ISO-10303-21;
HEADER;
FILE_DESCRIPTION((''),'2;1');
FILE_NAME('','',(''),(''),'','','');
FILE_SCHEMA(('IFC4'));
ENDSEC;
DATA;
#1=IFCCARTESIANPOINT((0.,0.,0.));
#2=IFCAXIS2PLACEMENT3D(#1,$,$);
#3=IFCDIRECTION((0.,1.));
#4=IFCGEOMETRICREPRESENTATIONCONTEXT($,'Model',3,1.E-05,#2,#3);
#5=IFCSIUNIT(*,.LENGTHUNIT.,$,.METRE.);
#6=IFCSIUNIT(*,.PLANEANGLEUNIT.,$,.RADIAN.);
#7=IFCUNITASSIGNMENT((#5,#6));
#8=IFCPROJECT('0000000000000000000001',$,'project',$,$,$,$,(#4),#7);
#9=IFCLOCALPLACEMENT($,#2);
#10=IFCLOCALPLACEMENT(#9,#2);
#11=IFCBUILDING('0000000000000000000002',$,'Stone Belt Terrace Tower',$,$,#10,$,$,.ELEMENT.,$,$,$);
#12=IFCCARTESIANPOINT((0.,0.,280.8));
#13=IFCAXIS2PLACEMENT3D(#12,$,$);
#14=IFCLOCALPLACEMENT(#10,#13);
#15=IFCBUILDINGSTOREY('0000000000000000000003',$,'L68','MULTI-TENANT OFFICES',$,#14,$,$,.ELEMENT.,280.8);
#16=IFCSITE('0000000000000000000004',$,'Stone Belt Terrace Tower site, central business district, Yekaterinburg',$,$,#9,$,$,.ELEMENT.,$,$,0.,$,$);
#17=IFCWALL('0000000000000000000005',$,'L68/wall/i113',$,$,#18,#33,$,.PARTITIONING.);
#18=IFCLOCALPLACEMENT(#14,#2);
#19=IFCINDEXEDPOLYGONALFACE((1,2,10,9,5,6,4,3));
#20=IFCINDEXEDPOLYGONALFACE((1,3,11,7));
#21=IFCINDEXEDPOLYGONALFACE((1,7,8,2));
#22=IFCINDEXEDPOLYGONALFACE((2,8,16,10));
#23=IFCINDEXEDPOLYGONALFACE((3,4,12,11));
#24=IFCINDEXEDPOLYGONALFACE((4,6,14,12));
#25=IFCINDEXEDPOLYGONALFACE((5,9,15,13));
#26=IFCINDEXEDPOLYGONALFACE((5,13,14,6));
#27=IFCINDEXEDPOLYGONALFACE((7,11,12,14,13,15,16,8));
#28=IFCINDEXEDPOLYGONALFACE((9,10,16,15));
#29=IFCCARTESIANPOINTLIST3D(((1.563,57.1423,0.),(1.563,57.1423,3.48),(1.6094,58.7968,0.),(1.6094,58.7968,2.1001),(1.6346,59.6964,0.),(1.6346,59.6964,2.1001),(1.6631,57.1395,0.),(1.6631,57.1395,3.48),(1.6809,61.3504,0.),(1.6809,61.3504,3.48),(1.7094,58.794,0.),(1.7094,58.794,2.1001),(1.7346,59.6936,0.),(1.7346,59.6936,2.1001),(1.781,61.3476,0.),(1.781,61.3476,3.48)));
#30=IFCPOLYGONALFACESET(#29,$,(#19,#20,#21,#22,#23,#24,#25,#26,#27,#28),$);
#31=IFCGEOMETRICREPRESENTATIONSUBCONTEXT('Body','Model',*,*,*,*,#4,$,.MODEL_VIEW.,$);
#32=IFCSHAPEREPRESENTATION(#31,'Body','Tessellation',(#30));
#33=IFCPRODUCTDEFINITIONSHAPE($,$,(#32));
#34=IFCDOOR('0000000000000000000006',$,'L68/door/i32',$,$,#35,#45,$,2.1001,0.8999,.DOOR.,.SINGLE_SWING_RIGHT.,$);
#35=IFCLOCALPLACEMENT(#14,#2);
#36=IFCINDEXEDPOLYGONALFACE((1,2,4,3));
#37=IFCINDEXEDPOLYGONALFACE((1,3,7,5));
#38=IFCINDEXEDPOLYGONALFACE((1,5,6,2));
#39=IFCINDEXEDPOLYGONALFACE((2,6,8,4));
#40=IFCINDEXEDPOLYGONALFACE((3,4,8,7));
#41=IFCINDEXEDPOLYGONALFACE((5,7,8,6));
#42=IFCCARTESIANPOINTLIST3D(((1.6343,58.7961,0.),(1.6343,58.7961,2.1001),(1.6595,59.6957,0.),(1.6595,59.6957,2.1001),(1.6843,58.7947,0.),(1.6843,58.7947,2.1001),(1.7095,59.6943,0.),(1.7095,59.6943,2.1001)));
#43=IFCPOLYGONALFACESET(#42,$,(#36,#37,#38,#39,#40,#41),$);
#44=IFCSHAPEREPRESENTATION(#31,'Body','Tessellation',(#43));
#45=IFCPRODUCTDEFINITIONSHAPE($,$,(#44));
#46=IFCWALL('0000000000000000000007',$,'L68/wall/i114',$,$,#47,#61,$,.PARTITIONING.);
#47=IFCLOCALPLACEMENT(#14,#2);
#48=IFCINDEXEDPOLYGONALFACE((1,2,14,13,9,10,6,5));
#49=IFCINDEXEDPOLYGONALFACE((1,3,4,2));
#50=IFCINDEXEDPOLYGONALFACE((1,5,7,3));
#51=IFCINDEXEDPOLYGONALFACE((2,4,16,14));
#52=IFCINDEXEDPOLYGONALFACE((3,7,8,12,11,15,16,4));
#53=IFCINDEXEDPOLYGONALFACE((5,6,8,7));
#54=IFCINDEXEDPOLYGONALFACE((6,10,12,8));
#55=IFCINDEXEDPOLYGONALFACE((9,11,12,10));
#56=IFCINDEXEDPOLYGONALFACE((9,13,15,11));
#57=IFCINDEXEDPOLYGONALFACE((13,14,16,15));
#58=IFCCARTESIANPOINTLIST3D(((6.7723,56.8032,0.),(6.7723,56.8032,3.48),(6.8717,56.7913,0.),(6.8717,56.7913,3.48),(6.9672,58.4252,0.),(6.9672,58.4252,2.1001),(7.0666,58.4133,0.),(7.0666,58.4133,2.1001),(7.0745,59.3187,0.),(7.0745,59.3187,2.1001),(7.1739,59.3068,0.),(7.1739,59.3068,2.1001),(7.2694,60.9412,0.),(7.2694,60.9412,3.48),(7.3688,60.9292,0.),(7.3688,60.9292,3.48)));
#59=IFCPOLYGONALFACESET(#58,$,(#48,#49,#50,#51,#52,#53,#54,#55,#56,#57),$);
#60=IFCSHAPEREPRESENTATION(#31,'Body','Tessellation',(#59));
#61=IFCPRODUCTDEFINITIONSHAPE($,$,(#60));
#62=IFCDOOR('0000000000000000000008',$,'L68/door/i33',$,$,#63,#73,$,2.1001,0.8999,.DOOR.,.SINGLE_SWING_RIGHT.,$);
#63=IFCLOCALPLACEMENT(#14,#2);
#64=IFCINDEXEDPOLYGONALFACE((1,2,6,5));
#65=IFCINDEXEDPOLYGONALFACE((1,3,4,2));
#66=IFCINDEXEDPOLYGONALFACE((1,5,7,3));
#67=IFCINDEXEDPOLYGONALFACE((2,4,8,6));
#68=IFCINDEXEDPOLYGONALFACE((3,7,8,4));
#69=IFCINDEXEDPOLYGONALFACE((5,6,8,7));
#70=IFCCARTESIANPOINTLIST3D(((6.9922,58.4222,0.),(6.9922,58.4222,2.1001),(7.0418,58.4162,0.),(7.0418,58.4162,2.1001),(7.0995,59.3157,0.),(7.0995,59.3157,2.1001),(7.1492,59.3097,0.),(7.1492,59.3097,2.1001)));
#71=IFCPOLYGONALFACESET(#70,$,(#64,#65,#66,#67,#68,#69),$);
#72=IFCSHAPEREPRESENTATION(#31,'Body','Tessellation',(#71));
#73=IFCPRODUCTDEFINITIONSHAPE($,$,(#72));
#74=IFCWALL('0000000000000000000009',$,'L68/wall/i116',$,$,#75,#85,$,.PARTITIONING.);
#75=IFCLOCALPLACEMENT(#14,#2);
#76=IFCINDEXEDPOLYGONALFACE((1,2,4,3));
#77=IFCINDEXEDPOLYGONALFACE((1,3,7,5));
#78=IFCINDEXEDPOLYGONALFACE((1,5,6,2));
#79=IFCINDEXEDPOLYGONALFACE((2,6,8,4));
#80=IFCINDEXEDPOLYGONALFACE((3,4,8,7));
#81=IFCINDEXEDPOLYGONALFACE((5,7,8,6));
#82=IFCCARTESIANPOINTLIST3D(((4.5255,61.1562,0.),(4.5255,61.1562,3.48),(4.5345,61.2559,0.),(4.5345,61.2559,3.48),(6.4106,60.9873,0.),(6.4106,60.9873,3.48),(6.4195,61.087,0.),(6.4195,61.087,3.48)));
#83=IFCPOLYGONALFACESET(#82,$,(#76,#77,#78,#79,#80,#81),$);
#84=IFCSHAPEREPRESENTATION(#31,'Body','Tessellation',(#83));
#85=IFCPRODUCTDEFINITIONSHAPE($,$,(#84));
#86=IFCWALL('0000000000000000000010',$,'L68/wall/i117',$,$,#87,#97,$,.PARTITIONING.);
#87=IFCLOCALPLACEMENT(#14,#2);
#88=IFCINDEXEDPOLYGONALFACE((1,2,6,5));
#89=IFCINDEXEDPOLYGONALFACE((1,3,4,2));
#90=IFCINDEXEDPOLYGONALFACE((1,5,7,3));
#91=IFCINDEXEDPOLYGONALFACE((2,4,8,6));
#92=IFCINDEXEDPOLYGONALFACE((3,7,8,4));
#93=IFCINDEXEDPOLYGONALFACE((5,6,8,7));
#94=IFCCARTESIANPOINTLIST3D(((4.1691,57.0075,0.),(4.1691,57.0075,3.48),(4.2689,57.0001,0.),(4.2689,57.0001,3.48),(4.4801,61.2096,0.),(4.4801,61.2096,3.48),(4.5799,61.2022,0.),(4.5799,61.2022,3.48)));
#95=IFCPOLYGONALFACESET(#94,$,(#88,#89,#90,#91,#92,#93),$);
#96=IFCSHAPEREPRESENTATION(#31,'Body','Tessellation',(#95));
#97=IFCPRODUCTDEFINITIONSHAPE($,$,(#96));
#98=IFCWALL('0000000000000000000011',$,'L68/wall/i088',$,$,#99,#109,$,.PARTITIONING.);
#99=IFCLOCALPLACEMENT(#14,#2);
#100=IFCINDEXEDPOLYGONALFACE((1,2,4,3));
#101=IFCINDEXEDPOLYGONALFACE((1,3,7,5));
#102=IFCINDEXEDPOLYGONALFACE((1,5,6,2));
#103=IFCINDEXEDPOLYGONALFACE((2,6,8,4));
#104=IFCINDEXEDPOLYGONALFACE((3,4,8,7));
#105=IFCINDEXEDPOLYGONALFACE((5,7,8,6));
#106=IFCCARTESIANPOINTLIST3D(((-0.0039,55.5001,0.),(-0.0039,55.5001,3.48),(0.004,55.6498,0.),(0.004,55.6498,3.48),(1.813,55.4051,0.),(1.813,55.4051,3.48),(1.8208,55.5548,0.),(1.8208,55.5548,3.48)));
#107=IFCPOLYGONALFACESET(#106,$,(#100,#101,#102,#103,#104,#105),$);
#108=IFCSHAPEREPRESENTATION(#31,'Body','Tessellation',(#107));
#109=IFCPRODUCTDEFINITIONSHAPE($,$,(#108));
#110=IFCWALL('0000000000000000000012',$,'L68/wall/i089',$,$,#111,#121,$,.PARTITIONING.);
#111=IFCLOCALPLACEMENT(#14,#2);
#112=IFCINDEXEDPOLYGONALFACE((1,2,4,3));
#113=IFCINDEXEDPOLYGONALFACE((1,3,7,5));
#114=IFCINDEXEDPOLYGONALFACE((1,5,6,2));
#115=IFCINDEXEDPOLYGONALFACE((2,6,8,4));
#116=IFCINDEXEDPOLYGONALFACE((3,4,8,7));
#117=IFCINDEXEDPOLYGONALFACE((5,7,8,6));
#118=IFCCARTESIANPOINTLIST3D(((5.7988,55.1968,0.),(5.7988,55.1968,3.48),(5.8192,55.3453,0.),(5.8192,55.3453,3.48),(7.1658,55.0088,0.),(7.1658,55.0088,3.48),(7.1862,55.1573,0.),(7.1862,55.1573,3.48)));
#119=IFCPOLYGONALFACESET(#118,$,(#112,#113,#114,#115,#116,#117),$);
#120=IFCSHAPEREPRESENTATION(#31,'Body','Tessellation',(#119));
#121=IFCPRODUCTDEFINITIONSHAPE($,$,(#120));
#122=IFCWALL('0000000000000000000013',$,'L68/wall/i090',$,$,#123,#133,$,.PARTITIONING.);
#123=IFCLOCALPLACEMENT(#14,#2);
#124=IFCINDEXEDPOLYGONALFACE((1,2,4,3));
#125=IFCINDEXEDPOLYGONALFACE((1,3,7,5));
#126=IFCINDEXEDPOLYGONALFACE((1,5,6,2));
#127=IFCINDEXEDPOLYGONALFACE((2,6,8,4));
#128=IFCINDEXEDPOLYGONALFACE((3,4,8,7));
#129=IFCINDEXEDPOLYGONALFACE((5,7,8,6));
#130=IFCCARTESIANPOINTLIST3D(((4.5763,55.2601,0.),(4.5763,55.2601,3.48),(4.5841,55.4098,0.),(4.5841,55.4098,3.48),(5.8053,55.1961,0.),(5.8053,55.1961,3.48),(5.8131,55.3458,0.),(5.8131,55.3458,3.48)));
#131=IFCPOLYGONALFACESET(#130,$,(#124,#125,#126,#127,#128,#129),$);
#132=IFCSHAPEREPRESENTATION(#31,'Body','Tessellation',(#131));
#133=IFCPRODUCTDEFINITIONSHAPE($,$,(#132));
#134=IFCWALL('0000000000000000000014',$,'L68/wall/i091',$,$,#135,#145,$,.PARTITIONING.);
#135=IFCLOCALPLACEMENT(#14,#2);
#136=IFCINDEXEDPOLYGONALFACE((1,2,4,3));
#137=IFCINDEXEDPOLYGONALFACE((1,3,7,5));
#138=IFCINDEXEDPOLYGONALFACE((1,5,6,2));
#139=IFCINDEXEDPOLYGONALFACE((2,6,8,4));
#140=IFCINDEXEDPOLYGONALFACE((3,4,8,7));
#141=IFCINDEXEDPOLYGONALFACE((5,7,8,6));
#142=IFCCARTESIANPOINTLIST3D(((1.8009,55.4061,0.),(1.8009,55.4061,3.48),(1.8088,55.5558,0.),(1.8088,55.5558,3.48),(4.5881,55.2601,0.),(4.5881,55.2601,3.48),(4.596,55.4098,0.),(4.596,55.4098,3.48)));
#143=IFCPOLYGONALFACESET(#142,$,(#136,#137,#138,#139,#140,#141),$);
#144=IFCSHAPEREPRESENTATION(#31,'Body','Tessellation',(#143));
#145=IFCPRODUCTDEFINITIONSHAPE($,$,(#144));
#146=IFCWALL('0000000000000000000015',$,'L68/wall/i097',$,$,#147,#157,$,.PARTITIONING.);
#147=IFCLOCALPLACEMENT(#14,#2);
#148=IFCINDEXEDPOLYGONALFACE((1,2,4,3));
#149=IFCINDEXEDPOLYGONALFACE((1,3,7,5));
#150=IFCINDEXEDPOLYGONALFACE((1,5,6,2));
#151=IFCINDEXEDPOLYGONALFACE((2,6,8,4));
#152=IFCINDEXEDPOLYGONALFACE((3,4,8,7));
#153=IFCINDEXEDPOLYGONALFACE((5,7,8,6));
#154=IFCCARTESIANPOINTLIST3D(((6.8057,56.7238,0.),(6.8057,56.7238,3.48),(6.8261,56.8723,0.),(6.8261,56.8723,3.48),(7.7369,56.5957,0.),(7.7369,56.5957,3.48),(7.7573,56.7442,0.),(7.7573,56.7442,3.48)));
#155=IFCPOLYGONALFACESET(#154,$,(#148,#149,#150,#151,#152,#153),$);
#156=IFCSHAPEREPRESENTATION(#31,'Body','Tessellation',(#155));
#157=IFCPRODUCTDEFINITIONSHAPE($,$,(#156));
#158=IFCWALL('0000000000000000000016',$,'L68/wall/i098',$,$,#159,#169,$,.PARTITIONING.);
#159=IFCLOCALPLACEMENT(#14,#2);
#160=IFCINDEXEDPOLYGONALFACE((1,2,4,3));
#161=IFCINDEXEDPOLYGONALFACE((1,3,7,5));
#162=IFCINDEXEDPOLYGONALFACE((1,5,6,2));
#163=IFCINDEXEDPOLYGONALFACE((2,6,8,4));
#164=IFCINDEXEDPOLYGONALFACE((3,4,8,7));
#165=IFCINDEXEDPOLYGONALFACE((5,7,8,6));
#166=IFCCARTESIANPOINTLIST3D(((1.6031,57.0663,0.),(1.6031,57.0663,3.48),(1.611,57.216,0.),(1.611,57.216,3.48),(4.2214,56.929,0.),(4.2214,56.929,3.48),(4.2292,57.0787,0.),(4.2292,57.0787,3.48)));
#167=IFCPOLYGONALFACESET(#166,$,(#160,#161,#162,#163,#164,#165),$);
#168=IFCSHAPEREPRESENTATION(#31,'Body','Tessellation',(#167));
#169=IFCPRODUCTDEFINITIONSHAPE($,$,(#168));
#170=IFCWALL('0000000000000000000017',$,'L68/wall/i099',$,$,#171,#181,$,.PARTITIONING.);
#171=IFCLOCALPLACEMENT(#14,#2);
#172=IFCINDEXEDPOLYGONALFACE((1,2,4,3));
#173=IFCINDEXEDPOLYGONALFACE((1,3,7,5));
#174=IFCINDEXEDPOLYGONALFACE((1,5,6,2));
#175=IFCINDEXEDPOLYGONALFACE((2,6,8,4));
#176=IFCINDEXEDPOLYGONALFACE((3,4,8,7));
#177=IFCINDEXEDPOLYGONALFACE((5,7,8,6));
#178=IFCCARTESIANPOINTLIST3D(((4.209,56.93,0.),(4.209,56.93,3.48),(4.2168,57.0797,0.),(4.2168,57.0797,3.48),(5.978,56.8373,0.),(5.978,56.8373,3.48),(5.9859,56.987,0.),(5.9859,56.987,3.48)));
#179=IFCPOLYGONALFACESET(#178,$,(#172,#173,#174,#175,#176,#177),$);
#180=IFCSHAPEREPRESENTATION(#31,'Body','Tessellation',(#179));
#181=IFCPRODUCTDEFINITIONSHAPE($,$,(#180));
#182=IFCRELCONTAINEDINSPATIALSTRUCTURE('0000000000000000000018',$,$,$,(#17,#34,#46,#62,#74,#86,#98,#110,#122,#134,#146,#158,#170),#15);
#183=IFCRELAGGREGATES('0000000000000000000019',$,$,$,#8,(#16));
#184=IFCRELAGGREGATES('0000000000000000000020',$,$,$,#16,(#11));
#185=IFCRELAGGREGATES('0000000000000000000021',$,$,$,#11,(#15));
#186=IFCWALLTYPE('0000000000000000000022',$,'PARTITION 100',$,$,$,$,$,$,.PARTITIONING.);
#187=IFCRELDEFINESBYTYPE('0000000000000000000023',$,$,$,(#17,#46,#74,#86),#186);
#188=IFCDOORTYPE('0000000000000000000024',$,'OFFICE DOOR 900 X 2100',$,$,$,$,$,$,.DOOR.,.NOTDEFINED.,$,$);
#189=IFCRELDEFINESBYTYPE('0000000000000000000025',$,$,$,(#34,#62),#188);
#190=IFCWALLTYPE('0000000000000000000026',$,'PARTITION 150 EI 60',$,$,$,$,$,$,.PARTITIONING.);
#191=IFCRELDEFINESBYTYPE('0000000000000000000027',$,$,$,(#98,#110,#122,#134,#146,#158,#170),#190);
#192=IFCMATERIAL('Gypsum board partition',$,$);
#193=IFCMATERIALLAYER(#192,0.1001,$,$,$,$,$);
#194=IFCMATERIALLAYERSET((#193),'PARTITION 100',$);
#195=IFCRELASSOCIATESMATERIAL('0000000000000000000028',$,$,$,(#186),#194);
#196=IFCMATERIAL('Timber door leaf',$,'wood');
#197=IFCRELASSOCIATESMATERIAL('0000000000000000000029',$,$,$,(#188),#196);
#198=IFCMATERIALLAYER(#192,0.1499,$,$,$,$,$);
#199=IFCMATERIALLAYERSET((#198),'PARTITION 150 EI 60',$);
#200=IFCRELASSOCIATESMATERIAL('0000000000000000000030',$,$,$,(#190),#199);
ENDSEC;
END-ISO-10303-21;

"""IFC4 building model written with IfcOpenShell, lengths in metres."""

from ifc_helpers import new_model, si_unit, direction, frame, frame_2d, origin, place, context, subcontext, project, spatial, rectangle, extrude, material, layer, layer_set, type_object, element, fill, save


model = new_model("IFC4")

# Units and contexts
model_context = context("Model", 3, precision=1e-05, world=origin(), true_north=direction((0.0, 1.0)))
body_context = subcontext(model_context, "Body", "Model", "MODEL_VIEW")
ifc_project = project(units=[si_unit("LENGTHUNIT", "METRE"), si_unit("PLANEANGLEUNIT", "RADIAN")], contexts=[model_context])

# Site, building, storey
site_placement = place(None, origin())
site = spatial("IfcSite", under=ifc_project, at=site_placement, Name="Stone Belt Terrace Tower site, central business district, Yekaterinburg", CompositionType="ELEMENT", RefElevation=0.0)
building_placement = place(site_placement, origin())
building = spatial("IfcBuilding", under=site, at=building_placement, Name="Stone Belt Terrace Tower", CompositionType="ELEMENT")
storey_placement = place(building_placement, frame((0.0, 0.0, 280.8)))
storey = spatial("IfcBuildingStorey", under=building, at=storey_placement, Name="L68", Description="MULTI-TENANT OFFICES", CompositionType="ELEMENT", Elevation=280.8)

# Shared definitions
ifc_material_1 = material(Name="Gypsum board partition")
ifc_layer_1 = layer(ifc_material_1, 0.1001)
ifc_layer_set_1 = layer_set([ifc_layer_1], Name="PARTITION 100")
wall_type_1 = type_object("IfcWallType", Name="PARTITION 100", PredefinedType="PARTITIONING", material=ifc_layer_set_1)

# Walls, openings, doors
wall_1_placement = place(storey_placement, frame((1.731, 61.3491, 0.0), z_axis=(0.0, 0.0, 1.0), x_axis=(-0.028012, -0.999608, 0.0)))
wall_1 = element("IfcWall", 1, at=wall_1_placement, inside=storey, type_object=wall_type_1, Name="L68/wall/i113", PredefinedType="PARTITIONING", context=body_context, shape_type="SweptSolid", body=[
    extrude(rectangle(XDim=4.2097, YDim=0.1001, at=frame_2d((2.105, 0.0))), origin(), (0.0, 0.0, 1.0), 3.48),
])
opening_1_placement = place(wall_1_placement, frame((1.6548, 0.0, 0.0)))
opening_1 = element("IfcOpeningElement", 2, at=opening_1_placement, cuts=wall_1, PredefinedType="OPENING", context=body_context, shape_type="SweptSolid", body=[
    extrude(rectangle(XDim=0.8999, YDim=2.1001, at=frame_2d((0.45, 1.05))), frame((0.0, 0.0601, 0.0), z_axis=(0.0, -1.0, 0.0), x_axis=(1.0, 0.0, 0.0)), (0.0, 0.0, 1.0), 0.1201),
])
ifc_material_2 = material(Name="Timber door leaf", Category="wood")
door_type = type_object("IfcDoorType", Name="OFFICE DOOR 900 X 2100", OperationType="NOTDEFINED", PredefinedType="DOOR", material=ifc_material_2)
door_1_placement = place(opening_1_placement, origin())
door_1 = element("IfcDoor", 3, at=door_1_placement, inside=storey, type_object=door_type, Name="L68/door/i32", OperationType="SINGLE_SWING_RIGHT", OverallHeight=2.1001, OverallWidth=0.8999, PredefinedType="DOOR", context=body_context, shape_type="SweptSolid", body=[
    extrude(rectangle(XDim=0.8999, YDim=2.1001, at=frame_2d((0.45, 1.05))), frame((0.0, 0.0249, 0.0), z_axis=(0.0, -1.0, 0.0), x_axis=(1.0, 0.0, 0.0)), (0.0, 0.0, 1.0), 0.05),
])
fill(opening_1, door_1)
wall_2_placement = place(storey_placement, frame((6.822, 56.7971, 0.0), z_axis=(0.0, 0.0, 1.0), x_axis=(0.119268, 0.992862, 0.0)))
wall_2 = element("IfcWall", 4, at=wall_2_placement, inside=storey, type_object=wall_type_1, Name="L68/wall/i114", PredefinedType="PARTITIONING", context=body_context, shape_type="SweptSolid", body=[
    extrude(rectangle(XDim=4.1677, YDim=0.1001, at=frame_2d((2.084, 0.0))), origin(), (0.0, 0.0, 1.0), 3.48),
])
opening_2_placement = place(wall_2_placement, frame((1.6338, 0.0, 0.0)))
opening_2 = element("IfcOpeningElement", 5, at=opening_2_placement, cuts=wall_2, PredefinedType="OPENING", context=body_context, shape_type="SweptSolid", body=[
    extrude(rectangle(XDim=0.8999, YDim=2.1001, at=frame_2d((0.45, 1.05))), frame((0.0, 0.0601, 0.0), z_axis=(0.0, -1.0, 0.0), x_axis=(1.0, 0.0, 0.0)), (0.0, 0.0, 1.0), 0.1201),
])
door_2_placement = place(opening_2_placement, origin())
door_2 = element("IfcDoor", 6, at=door_2_placement, inside=storey, type_object=door_type, Name="L68/door/i33", OperationType="SINGLE_SWING_RIGHT", OverallHeight=2.1001, OverallWidth=0.8999, PredefinedType="DOOR", context=body_context, shape_type="SweptSolid", body=[
    extrude(rectangle(XDim=0.8999, YDim=2.1001, at=frame_2d((0.45, 1.05))), frame((0.0, 0.0249, 0.0), z_axis=(0.0, -1.0, 0.0), x_axis=(1.0, 0.0, 0.0)), (0.0, 0.0, 1.0), 0.05),
])
fill(opening_2, door_2)

# Walls
wall_3_placement = place(storey_placement, frame((6.415, 61.0371, 0.0), z_axis=(0.0, 0.0, 1.0), x_axis=(-0.996008, 0.089268, 0.0)))
element("IfcWall", 7, at=wall_3_placement, inside=storey, type_object=wall_type_1, Name="L68/wall/i116", PredefinedType="PARTITIONING", context=body_context, shape_type="SweptSolid", body=[
    extrude(rectangle(XDim=1.8926, YDim=0.1001, at=frame_2d((0.9463, 0.0))), origin(), (0.0, 0.0, 1.0), 3.48),
])
wall_4_placement = place(storey_placement, frame((4.53, 61.2061, 0.0), z_axis=(0.0, 0.0, 1.0), x_axis=(-0.073816, -0.997272, 0.0)))
element("IfcWall", 8, at=wall_4_placement, inside=storey, type_object=wall_type_1, Name="L68/wall/i117", PredefinedType="PARTITIONING", context=body_context, shape_type="SweptSolid", body=[
    extrude(rectangle(XDim=4.2136, YDim=0.1001, at=frame_2d((2.1069, 0.0))), origin(), (0.0, 0.0, 1.0), 3.48),
])
ifc_layer_2 = layer(ifc_material_1, 0.1499)
ifc_layer_set_2 = layer_set([ifc_layer_2], Name="PARTITION 150 EI 60")
wall_type_2 = type_object("IfcWallType", Name="PARTITION 150 EI 60", PredefinedType="PARTITIONING", material=ifc_layer_set_2)
wall_5_placement = place(storey_placement, frame((1.8169, 55.48, 0.0), z_axis=(0.0, 0.0, 1.0), x_axis=(-0.998637, 0.0522, 0.0)))
element("IfcWall", 9, at=wall_5_placement, inside=storey, type_object=wall_type_2, Name="L68/wall/i088", PredefinedType="PARTITIONING", context=body_context, shape_type="SweptSolid", body=[
    extrude(rectangle(XDim=1.8193, YDim=0.1499, at=frame_2d((0.9097, 0.0))), origin(), (0.0, 0.0, 1.0), 3.48),
])
wall_6_placement = place(storey_placement, frame((7.176, 55.083, 0.0), z_axis=(0.0, 0.0, 1.0), x_axis=(-0.990676, 0.136242, 0.0)))
element("IfcWall", 10, at=wall_6_placement, inside=storey, type_object=wall_type_2, Name="L68/wall/i089", PredefinedType="PARTITIONING", context=body_context, shape_type="SweptSolid", body=[
    extrude(rectangle(XDim=1.3799, YDim=0.1499, at=frame_2d((0.6899, 0.0))), origin(), (0.0, 0.0, 1.0), 3.48),
])
wall_7_placement = place(storey_placement, frame((5.8091, 55.271, 0.0), z_axis=(0.0, 0.0, 1.0), x_axis=(-0.998648, 0.051976, 0.0)))
element("IfcWall", 11, at=wall_7_placement, inside=storey, type_object=wall_type_2, Name="L68/wall/i090", PredefinedType="PARTITIONING", context=body_context, shape_type="SweptSolid", body=[
    extrude(rectangle(XDim=1.2307, YDim=0.1499, at=frame_2d((0.6152, 0.0))), origin(), (0.0, 0.0, 1.0), 3.48),
])
wall_8_placement = place(storey_placement, frame((4.592, 55.335, 0.0), z_axis=(0.0, 0.0, 1.0), x_axis=(-0.998631, 0.052311, 0.0)))
element("IfcWall", 12, at=wall_8_placement, inside=storey, type_object=wall_type_2, Name="L68/wall/i091", PredefinedType="PARTITIONING", context=body_context, shape_type="SweptSolid", body=[
    extrude(rectangle(XDim=2.791, YDim=0.1499, at=frame_2d((1.3955, 0.0))), origin(), (0.0, 0.0, 1.0), 3.48),
])
wall_9_placement = place(storey_placement, frame((6.8159, 56.7981, 0.0), z_axis=(0.0, 0.0, 1.0), x_axis=(0.990659, -0.136365, 0.0)))
element("IfcWall", 13, at=wall_9_placement, inside=storey, type_object=wall_type_2, Name="L68/wall/i097", PredefinedType="PARTITIONING", context=body_context, shape_type="SweptSolid", body=[
    extrude(rectangle(XDim=0.9399, YDim=0.1499, at=frame_2d((0.47, 0.0))), origin(), (0.0, 0.0, 1.0), 3.48),
])
wall_10_placement = place(storey_placement, frame((1.6069, 57.1411, 0.0), z_axis=(0.0, 0.0, 1.0), x_axis=(0.99863, -0.052334, 0.0)))
element("IfcWall", 14, at=wall_10_placement, inside=storey, type_object=wall_type_2, Name="L68/wall/i098", PredefinedType="PARTITIONING", context=body_context, shape_type="SweptSolid", body=[
    extrude(rectangle(XDim=2.6218, YDim=0.1499, at=frame_2d((1.311, 0.0))), origin(), (0.0, 0.0, 1.0), 3.48),
])
wall_11_placement = place(storey_placement, frame((4.2129, 57.0049, 0.0), z_axis=(0.0, 0.0, 1.0), x_axis=(0.998628, -0.052371, 0.0)))
element("IfcWall", 15, at=wall_11_placement, inside=storey, type_object=wall_type_2, Name="L68/wall/i099", PredefinedType="PARTITIONING", context=body_context, shape_type="SweptSolid", body=[
    extrude(rectangle(XDim=1.7715, YDim=0.1499, at=frame_2d((0.8857, 0.0))), origin(), (0.0, 0.0, 1.0), 3.48),
])

save(model, "model.ifc")
